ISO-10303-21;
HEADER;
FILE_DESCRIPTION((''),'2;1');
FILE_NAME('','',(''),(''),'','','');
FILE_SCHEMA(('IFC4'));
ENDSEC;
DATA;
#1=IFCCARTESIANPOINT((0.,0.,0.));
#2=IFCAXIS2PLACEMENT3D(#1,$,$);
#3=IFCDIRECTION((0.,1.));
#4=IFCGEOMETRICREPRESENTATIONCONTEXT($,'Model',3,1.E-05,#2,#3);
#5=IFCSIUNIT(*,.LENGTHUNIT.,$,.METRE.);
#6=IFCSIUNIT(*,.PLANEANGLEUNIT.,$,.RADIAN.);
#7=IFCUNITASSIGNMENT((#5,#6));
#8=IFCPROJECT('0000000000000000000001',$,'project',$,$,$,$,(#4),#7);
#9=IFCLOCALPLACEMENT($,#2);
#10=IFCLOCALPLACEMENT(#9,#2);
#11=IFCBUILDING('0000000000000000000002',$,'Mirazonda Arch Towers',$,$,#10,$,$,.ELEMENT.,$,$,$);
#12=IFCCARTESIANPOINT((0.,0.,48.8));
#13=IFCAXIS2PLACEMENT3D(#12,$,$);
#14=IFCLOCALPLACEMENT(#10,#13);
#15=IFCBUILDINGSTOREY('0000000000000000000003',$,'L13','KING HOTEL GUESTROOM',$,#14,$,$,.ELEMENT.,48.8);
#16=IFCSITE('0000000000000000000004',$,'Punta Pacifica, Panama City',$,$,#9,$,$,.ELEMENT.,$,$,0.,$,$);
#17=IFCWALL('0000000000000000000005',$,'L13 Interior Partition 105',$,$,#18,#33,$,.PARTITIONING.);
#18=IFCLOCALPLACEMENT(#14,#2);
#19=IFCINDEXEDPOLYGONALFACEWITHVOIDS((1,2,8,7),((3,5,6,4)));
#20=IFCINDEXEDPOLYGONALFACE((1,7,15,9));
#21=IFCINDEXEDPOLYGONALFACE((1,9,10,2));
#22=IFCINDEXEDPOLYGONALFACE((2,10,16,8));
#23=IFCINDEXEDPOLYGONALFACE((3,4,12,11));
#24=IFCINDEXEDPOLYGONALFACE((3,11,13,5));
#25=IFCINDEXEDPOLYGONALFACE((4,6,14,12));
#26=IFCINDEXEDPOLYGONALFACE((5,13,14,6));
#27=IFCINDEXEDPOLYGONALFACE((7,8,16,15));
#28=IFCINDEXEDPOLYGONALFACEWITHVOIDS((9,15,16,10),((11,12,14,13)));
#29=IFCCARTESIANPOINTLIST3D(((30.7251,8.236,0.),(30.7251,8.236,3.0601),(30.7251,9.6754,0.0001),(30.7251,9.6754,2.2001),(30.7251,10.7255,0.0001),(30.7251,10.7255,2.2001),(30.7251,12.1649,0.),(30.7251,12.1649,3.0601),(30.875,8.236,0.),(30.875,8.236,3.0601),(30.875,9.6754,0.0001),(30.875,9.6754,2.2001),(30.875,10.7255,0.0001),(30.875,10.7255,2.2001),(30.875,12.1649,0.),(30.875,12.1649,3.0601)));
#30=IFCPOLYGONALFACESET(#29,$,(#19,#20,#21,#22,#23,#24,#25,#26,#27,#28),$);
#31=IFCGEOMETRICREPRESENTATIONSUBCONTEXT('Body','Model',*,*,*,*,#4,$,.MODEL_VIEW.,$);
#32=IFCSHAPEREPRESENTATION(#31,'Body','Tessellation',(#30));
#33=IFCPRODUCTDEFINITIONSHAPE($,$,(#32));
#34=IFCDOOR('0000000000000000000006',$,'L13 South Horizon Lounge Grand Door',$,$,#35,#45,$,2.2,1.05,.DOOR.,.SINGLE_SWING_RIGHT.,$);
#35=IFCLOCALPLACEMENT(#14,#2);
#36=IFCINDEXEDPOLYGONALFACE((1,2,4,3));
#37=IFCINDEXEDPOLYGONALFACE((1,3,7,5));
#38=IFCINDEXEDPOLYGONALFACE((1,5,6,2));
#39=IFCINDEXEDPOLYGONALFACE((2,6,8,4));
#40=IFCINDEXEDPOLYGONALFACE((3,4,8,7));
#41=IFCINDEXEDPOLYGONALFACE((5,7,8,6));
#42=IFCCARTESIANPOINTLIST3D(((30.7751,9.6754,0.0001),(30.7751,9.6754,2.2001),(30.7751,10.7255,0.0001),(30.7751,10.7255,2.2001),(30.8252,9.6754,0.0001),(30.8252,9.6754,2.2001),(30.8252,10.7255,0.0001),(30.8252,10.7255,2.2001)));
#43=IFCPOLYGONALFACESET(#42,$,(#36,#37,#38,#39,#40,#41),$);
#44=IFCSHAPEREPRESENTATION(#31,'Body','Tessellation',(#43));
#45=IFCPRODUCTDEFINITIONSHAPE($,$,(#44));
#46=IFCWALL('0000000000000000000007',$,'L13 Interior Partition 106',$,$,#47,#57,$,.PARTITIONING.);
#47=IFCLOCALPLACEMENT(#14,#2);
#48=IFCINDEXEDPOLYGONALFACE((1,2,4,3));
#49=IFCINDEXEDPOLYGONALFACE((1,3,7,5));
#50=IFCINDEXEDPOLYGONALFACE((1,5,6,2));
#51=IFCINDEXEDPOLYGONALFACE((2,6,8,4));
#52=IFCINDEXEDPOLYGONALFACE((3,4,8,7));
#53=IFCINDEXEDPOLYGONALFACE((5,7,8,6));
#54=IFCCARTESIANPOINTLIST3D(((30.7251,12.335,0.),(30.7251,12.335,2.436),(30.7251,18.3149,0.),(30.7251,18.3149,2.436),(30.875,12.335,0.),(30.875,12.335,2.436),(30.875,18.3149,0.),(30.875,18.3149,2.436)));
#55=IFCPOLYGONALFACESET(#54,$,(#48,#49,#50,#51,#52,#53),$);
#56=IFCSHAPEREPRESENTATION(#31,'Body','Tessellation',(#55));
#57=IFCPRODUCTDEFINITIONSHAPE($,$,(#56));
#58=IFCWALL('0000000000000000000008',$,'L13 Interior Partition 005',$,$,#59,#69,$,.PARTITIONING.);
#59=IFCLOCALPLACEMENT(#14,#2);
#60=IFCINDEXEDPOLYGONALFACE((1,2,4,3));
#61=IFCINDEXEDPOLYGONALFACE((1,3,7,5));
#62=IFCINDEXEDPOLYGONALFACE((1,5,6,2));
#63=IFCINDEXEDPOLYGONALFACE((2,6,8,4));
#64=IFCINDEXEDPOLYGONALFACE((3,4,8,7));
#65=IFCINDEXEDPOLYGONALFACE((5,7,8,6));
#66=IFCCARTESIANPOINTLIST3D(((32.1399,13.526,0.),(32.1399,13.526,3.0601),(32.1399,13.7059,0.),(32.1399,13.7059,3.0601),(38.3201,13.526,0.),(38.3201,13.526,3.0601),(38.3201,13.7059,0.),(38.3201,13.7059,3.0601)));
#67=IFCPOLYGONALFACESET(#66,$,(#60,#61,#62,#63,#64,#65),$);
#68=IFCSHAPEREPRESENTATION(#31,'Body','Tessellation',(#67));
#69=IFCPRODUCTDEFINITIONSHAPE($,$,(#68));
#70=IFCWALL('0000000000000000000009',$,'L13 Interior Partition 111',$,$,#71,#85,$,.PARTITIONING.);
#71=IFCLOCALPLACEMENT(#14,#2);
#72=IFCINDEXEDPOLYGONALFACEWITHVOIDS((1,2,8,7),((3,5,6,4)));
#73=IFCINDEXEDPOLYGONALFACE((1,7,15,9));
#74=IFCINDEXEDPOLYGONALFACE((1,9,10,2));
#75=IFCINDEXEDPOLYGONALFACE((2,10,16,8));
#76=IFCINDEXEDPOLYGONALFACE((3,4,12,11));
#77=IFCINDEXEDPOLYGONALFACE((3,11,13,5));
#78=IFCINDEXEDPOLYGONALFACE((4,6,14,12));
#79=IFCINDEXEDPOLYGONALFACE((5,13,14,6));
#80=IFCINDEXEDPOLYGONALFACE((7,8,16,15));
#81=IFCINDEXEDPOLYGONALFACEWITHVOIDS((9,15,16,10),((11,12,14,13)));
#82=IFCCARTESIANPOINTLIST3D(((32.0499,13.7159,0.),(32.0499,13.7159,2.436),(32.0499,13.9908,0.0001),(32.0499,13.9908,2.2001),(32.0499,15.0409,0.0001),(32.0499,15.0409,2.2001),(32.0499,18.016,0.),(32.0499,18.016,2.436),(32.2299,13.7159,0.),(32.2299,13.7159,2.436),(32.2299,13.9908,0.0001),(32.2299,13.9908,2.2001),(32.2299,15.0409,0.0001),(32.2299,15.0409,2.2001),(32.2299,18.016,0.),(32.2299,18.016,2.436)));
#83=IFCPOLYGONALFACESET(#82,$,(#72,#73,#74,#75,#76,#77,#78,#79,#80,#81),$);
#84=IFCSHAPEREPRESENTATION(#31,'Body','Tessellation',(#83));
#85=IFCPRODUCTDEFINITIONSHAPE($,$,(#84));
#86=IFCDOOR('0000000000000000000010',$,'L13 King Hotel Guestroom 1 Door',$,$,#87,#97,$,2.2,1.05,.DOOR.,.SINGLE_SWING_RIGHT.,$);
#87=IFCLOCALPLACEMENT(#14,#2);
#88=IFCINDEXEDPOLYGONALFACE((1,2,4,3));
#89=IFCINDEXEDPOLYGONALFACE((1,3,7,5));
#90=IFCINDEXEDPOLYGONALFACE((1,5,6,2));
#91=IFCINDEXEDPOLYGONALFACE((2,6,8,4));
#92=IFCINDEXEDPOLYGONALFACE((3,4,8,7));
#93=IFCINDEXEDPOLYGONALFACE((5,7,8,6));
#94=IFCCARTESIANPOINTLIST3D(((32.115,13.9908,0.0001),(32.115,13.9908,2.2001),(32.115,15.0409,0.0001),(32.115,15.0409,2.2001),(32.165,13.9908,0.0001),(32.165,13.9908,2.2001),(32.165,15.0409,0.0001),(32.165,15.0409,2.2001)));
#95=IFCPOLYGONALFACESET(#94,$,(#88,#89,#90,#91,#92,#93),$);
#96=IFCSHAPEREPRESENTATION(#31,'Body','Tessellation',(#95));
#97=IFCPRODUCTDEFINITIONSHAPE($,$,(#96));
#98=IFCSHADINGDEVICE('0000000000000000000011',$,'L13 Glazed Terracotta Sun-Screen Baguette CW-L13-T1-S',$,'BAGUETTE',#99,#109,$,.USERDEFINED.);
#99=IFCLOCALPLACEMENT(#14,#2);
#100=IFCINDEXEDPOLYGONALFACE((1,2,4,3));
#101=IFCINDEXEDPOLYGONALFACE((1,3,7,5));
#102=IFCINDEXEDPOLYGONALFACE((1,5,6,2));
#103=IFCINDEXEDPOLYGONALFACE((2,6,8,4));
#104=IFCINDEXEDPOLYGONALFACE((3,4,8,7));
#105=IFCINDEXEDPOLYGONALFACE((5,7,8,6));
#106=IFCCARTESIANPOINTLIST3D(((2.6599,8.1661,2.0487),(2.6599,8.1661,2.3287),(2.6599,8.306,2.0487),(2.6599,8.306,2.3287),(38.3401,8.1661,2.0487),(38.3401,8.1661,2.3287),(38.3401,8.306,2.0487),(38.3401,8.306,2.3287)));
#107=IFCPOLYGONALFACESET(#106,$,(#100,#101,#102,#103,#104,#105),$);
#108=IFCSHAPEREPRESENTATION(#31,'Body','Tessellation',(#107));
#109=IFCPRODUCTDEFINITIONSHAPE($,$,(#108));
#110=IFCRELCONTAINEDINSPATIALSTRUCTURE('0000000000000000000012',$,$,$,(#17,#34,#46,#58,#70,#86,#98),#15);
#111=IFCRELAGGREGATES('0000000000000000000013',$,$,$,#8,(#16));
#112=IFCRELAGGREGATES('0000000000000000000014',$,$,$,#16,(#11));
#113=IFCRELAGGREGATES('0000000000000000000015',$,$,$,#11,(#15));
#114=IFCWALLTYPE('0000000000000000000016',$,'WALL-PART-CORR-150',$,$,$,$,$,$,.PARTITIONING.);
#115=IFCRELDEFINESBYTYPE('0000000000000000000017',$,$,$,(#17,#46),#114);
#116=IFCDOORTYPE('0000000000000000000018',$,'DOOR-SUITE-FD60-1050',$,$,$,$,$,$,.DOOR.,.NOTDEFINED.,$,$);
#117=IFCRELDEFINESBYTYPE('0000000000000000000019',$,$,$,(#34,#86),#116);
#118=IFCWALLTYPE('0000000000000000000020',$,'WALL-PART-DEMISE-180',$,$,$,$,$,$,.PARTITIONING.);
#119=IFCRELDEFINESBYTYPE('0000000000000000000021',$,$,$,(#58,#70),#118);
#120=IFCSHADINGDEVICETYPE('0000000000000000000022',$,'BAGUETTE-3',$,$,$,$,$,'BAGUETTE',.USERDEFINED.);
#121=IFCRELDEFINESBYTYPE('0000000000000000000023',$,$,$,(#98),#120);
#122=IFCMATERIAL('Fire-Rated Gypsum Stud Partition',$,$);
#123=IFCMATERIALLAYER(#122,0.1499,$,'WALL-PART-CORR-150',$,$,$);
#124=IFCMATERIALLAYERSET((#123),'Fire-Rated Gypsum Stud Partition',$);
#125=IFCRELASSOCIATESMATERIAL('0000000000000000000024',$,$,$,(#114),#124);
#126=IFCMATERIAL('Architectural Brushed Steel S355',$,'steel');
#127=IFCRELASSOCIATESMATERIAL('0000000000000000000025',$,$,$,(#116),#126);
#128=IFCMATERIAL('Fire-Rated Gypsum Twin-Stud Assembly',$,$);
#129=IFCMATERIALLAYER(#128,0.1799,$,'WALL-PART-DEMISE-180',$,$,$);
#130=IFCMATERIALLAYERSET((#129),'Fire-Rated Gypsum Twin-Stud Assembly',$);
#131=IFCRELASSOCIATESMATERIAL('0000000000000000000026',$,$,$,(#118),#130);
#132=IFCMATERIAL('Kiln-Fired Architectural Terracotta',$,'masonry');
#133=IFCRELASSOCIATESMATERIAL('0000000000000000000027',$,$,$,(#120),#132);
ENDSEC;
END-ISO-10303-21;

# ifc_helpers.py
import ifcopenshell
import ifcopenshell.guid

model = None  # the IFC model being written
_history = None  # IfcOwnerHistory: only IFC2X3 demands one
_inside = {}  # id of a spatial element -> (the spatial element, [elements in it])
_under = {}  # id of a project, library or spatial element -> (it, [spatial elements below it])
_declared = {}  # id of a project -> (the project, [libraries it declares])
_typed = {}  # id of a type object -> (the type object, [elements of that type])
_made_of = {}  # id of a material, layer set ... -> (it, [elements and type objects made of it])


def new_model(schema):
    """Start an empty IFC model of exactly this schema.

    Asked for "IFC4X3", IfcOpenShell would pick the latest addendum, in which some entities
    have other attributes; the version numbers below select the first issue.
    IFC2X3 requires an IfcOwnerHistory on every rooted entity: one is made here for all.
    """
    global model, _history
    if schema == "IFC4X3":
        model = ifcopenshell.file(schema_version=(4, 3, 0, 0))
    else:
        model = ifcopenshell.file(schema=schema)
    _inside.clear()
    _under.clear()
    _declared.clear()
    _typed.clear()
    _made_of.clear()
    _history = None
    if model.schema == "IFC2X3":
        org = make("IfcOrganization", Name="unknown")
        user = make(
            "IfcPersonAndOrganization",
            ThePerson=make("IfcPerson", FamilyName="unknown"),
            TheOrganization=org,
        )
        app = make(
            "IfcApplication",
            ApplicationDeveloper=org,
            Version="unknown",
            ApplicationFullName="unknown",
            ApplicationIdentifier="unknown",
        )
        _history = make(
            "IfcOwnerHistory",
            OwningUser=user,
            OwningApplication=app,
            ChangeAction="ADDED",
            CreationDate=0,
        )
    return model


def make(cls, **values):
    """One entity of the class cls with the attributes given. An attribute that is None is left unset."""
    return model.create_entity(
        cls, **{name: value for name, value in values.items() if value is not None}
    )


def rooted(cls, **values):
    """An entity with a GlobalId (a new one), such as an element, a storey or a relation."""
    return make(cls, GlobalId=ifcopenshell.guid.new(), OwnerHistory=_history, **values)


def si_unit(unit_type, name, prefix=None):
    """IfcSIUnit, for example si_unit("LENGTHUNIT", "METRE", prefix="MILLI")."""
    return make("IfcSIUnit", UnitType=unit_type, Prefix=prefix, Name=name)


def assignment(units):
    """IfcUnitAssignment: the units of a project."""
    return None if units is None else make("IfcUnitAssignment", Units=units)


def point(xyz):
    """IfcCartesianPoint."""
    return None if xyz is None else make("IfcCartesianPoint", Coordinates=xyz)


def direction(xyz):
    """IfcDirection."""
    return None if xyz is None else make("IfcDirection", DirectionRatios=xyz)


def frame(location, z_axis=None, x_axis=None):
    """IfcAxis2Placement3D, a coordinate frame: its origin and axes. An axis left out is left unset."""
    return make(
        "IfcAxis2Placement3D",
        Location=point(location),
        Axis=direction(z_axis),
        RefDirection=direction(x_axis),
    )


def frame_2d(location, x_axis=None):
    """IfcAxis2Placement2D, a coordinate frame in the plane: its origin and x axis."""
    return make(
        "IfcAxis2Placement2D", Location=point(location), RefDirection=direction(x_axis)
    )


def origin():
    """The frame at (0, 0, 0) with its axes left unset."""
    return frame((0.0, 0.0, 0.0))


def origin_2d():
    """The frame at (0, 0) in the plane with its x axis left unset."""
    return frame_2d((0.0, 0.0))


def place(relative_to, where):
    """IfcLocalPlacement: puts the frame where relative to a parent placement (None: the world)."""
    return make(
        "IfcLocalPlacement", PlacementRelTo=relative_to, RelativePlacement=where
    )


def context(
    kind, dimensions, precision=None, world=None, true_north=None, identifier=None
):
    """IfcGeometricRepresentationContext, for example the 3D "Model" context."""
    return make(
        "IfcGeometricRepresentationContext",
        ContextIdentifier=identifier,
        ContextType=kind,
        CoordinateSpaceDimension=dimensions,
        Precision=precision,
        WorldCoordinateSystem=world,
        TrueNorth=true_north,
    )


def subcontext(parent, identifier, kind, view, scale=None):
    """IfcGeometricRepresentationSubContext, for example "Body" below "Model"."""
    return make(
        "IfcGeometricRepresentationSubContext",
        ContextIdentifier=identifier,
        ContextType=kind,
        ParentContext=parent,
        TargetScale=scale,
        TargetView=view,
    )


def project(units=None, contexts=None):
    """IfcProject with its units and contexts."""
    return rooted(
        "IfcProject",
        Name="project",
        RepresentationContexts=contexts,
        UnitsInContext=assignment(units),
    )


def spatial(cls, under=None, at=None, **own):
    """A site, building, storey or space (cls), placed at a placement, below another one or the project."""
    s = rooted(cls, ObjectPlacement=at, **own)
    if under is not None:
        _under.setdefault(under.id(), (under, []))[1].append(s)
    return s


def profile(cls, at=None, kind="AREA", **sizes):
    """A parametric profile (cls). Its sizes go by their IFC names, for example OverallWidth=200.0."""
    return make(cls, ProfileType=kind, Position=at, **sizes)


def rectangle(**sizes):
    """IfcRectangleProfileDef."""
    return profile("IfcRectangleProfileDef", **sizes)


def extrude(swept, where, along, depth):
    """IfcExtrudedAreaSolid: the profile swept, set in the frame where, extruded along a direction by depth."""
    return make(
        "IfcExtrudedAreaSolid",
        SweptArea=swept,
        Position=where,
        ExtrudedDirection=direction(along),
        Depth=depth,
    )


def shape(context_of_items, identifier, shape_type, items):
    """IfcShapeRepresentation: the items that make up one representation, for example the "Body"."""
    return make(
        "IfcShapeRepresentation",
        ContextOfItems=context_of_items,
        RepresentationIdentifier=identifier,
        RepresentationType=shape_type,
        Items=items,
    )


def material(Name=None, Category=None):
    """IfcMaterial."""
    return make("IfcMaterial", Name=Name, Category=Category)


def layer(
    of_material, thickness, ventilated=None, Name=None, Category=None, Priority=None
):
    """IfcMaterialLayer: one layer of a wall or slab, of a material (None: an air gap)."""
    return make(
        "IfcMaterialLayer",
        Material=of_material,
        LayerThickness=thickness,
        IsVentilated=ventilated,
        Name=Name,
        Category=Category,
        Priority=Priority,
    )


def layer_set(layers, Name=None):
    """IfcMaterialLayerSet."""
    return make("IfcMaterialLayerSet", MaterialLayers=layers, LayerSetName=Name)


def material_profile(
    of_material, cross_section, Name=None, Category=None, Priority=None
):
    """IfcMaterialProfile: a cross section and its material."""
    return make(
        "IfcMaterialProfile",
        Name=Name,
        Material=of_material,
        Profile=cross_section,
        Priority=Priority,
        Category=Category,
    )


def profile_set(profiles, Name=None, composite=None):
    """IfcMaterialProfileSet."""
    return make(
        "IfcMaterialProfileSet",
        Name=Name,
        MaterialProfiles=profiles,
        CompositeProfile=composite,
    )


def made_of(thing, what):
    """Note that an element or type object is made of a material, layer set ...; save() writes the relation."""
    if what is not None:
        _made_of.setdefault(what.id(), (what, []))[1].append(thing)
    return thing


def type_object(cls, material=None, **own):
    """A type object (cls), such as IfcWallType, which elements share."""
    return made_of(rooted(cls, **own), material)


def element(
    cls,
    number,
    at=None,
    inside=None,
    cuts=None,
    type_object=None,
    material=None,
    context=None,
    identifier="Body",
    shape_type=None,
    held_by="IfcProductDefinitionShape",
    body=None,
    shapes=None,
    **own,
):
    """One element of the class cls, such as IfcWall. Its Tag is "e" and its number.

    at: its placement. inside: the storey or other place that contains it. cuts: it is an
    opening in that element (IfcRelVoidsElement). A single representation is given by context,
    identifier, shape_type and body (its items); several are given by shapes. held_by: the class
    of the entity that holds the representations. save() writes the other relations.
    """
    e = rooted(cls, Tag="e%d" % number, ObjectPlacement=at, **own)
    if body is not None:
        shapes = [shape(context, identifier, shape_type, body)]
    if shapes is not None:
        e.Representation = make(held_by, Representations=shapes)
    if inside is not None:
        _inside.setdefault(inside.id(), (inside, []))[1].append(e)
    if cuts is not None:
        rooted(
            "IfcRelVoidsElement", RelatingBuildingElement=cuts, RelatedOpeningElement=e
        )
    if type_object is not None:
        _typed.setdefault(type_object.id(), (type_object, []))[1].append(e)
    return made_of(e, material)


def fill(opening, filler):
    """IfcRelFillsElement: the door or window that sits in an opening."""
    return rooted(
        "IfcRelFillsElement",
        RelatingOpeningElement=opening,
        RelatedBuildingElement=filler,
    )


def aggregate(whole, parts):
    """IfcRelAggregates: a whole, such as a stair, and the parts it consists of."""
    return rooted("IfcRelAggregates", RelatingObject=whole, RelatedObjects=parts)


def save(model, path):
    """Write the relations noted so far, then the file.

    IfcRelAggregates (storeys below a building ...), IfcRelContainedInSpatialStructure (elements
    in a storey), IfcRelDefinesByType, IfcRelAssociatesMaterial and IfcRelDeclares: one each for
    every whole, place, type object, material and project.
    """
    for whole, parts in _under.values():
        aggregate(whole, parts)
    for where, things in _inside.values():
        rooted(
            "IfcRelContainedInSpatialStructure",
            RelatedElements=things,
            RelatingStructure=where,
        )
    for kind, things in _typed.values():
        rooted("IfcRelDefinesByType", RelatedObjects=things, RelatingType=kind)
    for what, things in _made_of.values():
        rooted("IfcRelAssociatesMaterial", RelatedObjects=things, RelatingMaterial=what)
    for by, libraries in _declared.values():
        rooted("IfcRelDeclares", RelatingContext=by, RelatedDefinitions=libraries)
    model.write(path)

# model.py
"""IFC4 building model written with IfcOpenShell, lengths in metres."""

from ifc_helpers import new_model, si_unit, direction, frame, frame_2d, origin, origin_2d, place, context, subcontext, project, spatial, rectangle, extrude, material, layer, layer_set, material_profile, profile_set, type_object, element, fill, save


model = new_model("IFC4")

# Units and contexts
model_context = context("Model", 3, precision=1e-05, world=origin(), true_north=direction((0.0, 1.0)))
body_context = subcontext(model_context, "Body", "Model", "MODEL_VIEW")
ifc_project = project(units=[si_unit("LENGTHUNIT", "METRE"), si_unit("PLANEANGLEUNIT", "RADIAN")], contexts=[model_context])

# Site, building, storey
site_placement = place(None, origin())
site = spatial("IfcSite", under=ifc_project, at=site_placement, Name="Punta Pacifica, Panama City", CompositionType="ELEMENT", RefElevation=0.0)
building_placement = place(site_placement, origin())
building = spatial("IfcBuilding", under=site, at=building_placement, Name="Mirazonda Arch Towers", CompositionType="ELEMENT")
storey_placement = place(building_placement, frame((0.0, 0.0, 48.8)))
storey = spatial("IfcBuildingStorey", under=building, at=storey_placement, Name="L13", Description="KING HOTEL GUESTROOM", CompositionType="ELEMENT", Elevation=48.8)

# Shared definitions
ifc_material_1 = material(Name="Fire-Rated Gypsum Stud Partition")
ifc_layer_1 = layer(ifc_material_1, 0.1499, Name="WALL-PART-CORR-150")
ifc_layer_set_1 = layer_set([ifc_layer_1], Name="Fire-Rated Gypsum Stud Partition")
wall_type_1 = type_object("IfcWallType", Name="WALL-PART-CORR-150", PredefinedType="PARTITIONING", material=ifc_layer_set_1)

# Wall, opening, door
wall_1_placement = place(storey_placement, frame((30.8, 8.2361, 0.0), z_axis=(0.0, 0.0, 1.0), x_axis=(0.0, 1.0, 0.0)))
wall_1 = element("IfcWall", 1, at=wall_1_placement, inside=storey, type_object=wall_type_1, Name="L13 Interior Partition 105", PredefinedType="PARTITIONING", context=body_context, shape_type="SweptSolid", body=[
    extrude(rectangle(XDim=3.929, YDim=0.1499, at=frame_2d((1.9644, 0.0))), origin(), (0.0, 0.0, 1.0), 3.0601),
])
opening_1_placement = place(wall_1_placement, frame((1.4395, 0.0, 0.0)))
opening_1 = element("IfcOpeningElement", 2, at=opening_1_placement, cuts=wall_1, PredefinedType="OPENING", context=body_context, shape_type="SweptSolid", body=[
    extrude(rectangle(XDim=1.05, YDim=2.2, at=frame_2d((0.5249, 1.1001))), frame((0.0, 0.085, 0.0), z_axis=(0.0, -1.0, 0.0), x_axis=(1.0, 0.0, 0.0)), (0.0, 0.0, 1.0), 0.1699),
])
ifc_material_2 = material(Name="Architectural Brushed Steel S355", Category="steel")
door_type_1 = type_object("IfcDoorType", Name="DOOR-SUITE-FD60-1050", OperationType="NOTDEFINED", PredefinedType="DOOR", material=ifc_material_2)
door_1_placement = place(opening_1_placement, origin())
door_1 = element("IfcDoor", 3, at=door_1_placement, inside=storey, type_object=door_type_1, Name="L13 South Horizon Lounge Grand Door", OperationType="SINGLE_SWING_RIGHT", OverallHeight=2.2, OverallWidth=1.05, PredefinedType="DOOR", context=body_context, shape_type="SweptSolid", body=[
    extrude(rectangle(XDim=1.05, YDim=2.2, at=frame_2d((0.5249, 1.1001))), frame((0.0, 0.0249, 0.0), z_axis=(0.0, -1.0, 0.0), x_axis=(1.0, 0.0, 0.0)), (0.0, 0.0, 1.0), 0.05),
])
fill(opening_1, door_1)

# Walls
wall_2_placement = place(storey_placement, frame((30.8, 12.335, 0.0), z_axis=(0.0, 0.0, 1.0), x_axis=(0.0, 1.0, 0.0)))
element("IfcWall", 4, at=wall_2_placement, inside=storey, type_object=wall_type_1, Name="L13 Interior Partition 106", PredefinedType="PARTITIONING", context=body_context, shape_type="SweptSolid", body=[
    extrude(rectangle(XDim=5.98, YDim=0.1499, at=frame_2d((2.99, 0.0))), origin(), (0.0, 0.0, 1.0), 2.436),
])
ifc_material_3 = material(Name="Fire-Rated Gypsum Twin-Stud Assembly")
ifc_layer_2 = layer(ifc_material_3, 0.1799, Name="WALL-PART-DEMISE-180")
ifc_layer_set_2 = layer_set([ifc_layer_2], Name="Fire-Rated Gypsum Twin-Stud Assembly")
wall_type_2 = type_object("IfcWallType", Name="WALL-PART-DEMISE-180", PredefinedType="PARTITIONING", material=ifc_layer_set_2)
wall_3_placement = place(storey_placement, frame((32.1399, 13.616, 0.0), z_axis=(0.0, 0.0, 1.0), x_axis=(1.0, 0.0, 0.0)))
element("IfcWall", 5, at=wall_3_placement, inside=storey, type_object=wall_type_2, Name="L13 Interior Partition 005", PredefinedType="PARTITIONING", context=body_context, shape_type="SweptSolid", body=[
    extrude(rectangle(XDim=6.1802, YDim=0.1799, at=frame_2d((3.0901, 0.0))), origin(), (0.0, 0.0, 1.0), 3.0601),
])

# Wall, opening, door
wall_4_placement = place(storey_placement, frame((32.1399, 13.7161, 0.0), z_axis=(0.0, 0.0, 1.0), x_axis=(0.0, 1.0, 0.0)))
wall_4 = element("IfcWall", 6, at=wall_4_placement, inside=storey, type_object=wall_type_2, Name="L13 Interior Partition 111", PredefinedType="PARTITIONING", context=body_context, shape_type="SweptSolid", body=[
    extrude(rectangle(XDim=4.3, YDim=0.1799, at=frame_2d((2.1499, 0.0))), origin(), (0.0, 0.0, 1.0), 2.436),
])
opening_2_placement = place(wall_4_placement, frame((0.2749, 0.0, 0.0)))
opening_2 = element("IfcOpeningElement", 7, at=opening_2_placement, cuts=wall_4, PredefinedType="OPENING", context=body_context, shape_type="SweptSolid", body=[
    extrude(rectangle(XDim=1.05, YDim=2.2, at=frame_2d((0.5249, 1.1001))), frame((0.0, 0.0999, 0.0), z_axis=(0.0, -1.0, 0.0), x_axis=(1.0, 0.0, 0.0)), (0.0, 0.0, 1.0), 0.2),
])
door_2_placement = place(opening_2_placement, origin())
door_2 = element("IfcDoor", 8, at=door_2_placement, inside=storey, type_object=door_type_1, Name="L13 King Hotel Guestroom 1 Door", OperationType="SINGLE_SWING_RIGHT", OverallHeight=2.2, OverallWidth=1.05, PredefinedType="DOOR", context=body_context, shape_type="SweptSolid", body=[
    extrude(rectangle(XDim=1.05, YDim=2.2, at=frame_2d((0.5249, 1.1001))), frame((0.0, 0.0249, 0.0), z_axis=(0.0, -1.0, 0.0), x_axis=(1.0, 0.0, 0.0)), (0.0, 0.0, 1.0), 0.05),
])
fill(opening_2, door_2)

# Shading device
ifc_material_4 = material(Name="Kiln-Fired Architectural Terracotta", Category="masonry")
ifc_material_profile_1 = material_profile(ifc_material_4, rectangle(XDim=0.1399, YDim=0.28, at=origin_2d()), Name="TERRA-BAG-140x280")
ifc_profile_set_1 = profile_set([ifc_material_profile_1], Name="Kiln-Fired Architectural Terracotta")
shading_device_type = type_object("IfcShadingDeviceType", Name="BAGUETTE-3", ElementType="BAGUETTE", PredefinedType="USERDEFINED", material=ifc_profile_set_1)
shading_device_placement = place(storey_placement, frame((38.3401, 8.2361, 2.1887), z_axis=(-1.0, 0.0, 0.0), x_axis=(0.0, -1.0, 0.0)))
element("IfcShadingDevice", 9, at=shading_device_placement, inside=storey, type_object=shading_device_type, Name="L13 Glazed Terracotta Sun-Screen Baguette CW-L13-T1-S", ObjectType="BAGUETTE", PredefinedType="USERDEFINED", context=body_context, shape_type="SweptSolid", body=[
    extrude(rectangle(XDim=0.1399, YDim=0.28, at=origin_2d()), origin(), (0.0, 0.0, 1.0), 35.6802),
])

save(model, "model.ifc")
